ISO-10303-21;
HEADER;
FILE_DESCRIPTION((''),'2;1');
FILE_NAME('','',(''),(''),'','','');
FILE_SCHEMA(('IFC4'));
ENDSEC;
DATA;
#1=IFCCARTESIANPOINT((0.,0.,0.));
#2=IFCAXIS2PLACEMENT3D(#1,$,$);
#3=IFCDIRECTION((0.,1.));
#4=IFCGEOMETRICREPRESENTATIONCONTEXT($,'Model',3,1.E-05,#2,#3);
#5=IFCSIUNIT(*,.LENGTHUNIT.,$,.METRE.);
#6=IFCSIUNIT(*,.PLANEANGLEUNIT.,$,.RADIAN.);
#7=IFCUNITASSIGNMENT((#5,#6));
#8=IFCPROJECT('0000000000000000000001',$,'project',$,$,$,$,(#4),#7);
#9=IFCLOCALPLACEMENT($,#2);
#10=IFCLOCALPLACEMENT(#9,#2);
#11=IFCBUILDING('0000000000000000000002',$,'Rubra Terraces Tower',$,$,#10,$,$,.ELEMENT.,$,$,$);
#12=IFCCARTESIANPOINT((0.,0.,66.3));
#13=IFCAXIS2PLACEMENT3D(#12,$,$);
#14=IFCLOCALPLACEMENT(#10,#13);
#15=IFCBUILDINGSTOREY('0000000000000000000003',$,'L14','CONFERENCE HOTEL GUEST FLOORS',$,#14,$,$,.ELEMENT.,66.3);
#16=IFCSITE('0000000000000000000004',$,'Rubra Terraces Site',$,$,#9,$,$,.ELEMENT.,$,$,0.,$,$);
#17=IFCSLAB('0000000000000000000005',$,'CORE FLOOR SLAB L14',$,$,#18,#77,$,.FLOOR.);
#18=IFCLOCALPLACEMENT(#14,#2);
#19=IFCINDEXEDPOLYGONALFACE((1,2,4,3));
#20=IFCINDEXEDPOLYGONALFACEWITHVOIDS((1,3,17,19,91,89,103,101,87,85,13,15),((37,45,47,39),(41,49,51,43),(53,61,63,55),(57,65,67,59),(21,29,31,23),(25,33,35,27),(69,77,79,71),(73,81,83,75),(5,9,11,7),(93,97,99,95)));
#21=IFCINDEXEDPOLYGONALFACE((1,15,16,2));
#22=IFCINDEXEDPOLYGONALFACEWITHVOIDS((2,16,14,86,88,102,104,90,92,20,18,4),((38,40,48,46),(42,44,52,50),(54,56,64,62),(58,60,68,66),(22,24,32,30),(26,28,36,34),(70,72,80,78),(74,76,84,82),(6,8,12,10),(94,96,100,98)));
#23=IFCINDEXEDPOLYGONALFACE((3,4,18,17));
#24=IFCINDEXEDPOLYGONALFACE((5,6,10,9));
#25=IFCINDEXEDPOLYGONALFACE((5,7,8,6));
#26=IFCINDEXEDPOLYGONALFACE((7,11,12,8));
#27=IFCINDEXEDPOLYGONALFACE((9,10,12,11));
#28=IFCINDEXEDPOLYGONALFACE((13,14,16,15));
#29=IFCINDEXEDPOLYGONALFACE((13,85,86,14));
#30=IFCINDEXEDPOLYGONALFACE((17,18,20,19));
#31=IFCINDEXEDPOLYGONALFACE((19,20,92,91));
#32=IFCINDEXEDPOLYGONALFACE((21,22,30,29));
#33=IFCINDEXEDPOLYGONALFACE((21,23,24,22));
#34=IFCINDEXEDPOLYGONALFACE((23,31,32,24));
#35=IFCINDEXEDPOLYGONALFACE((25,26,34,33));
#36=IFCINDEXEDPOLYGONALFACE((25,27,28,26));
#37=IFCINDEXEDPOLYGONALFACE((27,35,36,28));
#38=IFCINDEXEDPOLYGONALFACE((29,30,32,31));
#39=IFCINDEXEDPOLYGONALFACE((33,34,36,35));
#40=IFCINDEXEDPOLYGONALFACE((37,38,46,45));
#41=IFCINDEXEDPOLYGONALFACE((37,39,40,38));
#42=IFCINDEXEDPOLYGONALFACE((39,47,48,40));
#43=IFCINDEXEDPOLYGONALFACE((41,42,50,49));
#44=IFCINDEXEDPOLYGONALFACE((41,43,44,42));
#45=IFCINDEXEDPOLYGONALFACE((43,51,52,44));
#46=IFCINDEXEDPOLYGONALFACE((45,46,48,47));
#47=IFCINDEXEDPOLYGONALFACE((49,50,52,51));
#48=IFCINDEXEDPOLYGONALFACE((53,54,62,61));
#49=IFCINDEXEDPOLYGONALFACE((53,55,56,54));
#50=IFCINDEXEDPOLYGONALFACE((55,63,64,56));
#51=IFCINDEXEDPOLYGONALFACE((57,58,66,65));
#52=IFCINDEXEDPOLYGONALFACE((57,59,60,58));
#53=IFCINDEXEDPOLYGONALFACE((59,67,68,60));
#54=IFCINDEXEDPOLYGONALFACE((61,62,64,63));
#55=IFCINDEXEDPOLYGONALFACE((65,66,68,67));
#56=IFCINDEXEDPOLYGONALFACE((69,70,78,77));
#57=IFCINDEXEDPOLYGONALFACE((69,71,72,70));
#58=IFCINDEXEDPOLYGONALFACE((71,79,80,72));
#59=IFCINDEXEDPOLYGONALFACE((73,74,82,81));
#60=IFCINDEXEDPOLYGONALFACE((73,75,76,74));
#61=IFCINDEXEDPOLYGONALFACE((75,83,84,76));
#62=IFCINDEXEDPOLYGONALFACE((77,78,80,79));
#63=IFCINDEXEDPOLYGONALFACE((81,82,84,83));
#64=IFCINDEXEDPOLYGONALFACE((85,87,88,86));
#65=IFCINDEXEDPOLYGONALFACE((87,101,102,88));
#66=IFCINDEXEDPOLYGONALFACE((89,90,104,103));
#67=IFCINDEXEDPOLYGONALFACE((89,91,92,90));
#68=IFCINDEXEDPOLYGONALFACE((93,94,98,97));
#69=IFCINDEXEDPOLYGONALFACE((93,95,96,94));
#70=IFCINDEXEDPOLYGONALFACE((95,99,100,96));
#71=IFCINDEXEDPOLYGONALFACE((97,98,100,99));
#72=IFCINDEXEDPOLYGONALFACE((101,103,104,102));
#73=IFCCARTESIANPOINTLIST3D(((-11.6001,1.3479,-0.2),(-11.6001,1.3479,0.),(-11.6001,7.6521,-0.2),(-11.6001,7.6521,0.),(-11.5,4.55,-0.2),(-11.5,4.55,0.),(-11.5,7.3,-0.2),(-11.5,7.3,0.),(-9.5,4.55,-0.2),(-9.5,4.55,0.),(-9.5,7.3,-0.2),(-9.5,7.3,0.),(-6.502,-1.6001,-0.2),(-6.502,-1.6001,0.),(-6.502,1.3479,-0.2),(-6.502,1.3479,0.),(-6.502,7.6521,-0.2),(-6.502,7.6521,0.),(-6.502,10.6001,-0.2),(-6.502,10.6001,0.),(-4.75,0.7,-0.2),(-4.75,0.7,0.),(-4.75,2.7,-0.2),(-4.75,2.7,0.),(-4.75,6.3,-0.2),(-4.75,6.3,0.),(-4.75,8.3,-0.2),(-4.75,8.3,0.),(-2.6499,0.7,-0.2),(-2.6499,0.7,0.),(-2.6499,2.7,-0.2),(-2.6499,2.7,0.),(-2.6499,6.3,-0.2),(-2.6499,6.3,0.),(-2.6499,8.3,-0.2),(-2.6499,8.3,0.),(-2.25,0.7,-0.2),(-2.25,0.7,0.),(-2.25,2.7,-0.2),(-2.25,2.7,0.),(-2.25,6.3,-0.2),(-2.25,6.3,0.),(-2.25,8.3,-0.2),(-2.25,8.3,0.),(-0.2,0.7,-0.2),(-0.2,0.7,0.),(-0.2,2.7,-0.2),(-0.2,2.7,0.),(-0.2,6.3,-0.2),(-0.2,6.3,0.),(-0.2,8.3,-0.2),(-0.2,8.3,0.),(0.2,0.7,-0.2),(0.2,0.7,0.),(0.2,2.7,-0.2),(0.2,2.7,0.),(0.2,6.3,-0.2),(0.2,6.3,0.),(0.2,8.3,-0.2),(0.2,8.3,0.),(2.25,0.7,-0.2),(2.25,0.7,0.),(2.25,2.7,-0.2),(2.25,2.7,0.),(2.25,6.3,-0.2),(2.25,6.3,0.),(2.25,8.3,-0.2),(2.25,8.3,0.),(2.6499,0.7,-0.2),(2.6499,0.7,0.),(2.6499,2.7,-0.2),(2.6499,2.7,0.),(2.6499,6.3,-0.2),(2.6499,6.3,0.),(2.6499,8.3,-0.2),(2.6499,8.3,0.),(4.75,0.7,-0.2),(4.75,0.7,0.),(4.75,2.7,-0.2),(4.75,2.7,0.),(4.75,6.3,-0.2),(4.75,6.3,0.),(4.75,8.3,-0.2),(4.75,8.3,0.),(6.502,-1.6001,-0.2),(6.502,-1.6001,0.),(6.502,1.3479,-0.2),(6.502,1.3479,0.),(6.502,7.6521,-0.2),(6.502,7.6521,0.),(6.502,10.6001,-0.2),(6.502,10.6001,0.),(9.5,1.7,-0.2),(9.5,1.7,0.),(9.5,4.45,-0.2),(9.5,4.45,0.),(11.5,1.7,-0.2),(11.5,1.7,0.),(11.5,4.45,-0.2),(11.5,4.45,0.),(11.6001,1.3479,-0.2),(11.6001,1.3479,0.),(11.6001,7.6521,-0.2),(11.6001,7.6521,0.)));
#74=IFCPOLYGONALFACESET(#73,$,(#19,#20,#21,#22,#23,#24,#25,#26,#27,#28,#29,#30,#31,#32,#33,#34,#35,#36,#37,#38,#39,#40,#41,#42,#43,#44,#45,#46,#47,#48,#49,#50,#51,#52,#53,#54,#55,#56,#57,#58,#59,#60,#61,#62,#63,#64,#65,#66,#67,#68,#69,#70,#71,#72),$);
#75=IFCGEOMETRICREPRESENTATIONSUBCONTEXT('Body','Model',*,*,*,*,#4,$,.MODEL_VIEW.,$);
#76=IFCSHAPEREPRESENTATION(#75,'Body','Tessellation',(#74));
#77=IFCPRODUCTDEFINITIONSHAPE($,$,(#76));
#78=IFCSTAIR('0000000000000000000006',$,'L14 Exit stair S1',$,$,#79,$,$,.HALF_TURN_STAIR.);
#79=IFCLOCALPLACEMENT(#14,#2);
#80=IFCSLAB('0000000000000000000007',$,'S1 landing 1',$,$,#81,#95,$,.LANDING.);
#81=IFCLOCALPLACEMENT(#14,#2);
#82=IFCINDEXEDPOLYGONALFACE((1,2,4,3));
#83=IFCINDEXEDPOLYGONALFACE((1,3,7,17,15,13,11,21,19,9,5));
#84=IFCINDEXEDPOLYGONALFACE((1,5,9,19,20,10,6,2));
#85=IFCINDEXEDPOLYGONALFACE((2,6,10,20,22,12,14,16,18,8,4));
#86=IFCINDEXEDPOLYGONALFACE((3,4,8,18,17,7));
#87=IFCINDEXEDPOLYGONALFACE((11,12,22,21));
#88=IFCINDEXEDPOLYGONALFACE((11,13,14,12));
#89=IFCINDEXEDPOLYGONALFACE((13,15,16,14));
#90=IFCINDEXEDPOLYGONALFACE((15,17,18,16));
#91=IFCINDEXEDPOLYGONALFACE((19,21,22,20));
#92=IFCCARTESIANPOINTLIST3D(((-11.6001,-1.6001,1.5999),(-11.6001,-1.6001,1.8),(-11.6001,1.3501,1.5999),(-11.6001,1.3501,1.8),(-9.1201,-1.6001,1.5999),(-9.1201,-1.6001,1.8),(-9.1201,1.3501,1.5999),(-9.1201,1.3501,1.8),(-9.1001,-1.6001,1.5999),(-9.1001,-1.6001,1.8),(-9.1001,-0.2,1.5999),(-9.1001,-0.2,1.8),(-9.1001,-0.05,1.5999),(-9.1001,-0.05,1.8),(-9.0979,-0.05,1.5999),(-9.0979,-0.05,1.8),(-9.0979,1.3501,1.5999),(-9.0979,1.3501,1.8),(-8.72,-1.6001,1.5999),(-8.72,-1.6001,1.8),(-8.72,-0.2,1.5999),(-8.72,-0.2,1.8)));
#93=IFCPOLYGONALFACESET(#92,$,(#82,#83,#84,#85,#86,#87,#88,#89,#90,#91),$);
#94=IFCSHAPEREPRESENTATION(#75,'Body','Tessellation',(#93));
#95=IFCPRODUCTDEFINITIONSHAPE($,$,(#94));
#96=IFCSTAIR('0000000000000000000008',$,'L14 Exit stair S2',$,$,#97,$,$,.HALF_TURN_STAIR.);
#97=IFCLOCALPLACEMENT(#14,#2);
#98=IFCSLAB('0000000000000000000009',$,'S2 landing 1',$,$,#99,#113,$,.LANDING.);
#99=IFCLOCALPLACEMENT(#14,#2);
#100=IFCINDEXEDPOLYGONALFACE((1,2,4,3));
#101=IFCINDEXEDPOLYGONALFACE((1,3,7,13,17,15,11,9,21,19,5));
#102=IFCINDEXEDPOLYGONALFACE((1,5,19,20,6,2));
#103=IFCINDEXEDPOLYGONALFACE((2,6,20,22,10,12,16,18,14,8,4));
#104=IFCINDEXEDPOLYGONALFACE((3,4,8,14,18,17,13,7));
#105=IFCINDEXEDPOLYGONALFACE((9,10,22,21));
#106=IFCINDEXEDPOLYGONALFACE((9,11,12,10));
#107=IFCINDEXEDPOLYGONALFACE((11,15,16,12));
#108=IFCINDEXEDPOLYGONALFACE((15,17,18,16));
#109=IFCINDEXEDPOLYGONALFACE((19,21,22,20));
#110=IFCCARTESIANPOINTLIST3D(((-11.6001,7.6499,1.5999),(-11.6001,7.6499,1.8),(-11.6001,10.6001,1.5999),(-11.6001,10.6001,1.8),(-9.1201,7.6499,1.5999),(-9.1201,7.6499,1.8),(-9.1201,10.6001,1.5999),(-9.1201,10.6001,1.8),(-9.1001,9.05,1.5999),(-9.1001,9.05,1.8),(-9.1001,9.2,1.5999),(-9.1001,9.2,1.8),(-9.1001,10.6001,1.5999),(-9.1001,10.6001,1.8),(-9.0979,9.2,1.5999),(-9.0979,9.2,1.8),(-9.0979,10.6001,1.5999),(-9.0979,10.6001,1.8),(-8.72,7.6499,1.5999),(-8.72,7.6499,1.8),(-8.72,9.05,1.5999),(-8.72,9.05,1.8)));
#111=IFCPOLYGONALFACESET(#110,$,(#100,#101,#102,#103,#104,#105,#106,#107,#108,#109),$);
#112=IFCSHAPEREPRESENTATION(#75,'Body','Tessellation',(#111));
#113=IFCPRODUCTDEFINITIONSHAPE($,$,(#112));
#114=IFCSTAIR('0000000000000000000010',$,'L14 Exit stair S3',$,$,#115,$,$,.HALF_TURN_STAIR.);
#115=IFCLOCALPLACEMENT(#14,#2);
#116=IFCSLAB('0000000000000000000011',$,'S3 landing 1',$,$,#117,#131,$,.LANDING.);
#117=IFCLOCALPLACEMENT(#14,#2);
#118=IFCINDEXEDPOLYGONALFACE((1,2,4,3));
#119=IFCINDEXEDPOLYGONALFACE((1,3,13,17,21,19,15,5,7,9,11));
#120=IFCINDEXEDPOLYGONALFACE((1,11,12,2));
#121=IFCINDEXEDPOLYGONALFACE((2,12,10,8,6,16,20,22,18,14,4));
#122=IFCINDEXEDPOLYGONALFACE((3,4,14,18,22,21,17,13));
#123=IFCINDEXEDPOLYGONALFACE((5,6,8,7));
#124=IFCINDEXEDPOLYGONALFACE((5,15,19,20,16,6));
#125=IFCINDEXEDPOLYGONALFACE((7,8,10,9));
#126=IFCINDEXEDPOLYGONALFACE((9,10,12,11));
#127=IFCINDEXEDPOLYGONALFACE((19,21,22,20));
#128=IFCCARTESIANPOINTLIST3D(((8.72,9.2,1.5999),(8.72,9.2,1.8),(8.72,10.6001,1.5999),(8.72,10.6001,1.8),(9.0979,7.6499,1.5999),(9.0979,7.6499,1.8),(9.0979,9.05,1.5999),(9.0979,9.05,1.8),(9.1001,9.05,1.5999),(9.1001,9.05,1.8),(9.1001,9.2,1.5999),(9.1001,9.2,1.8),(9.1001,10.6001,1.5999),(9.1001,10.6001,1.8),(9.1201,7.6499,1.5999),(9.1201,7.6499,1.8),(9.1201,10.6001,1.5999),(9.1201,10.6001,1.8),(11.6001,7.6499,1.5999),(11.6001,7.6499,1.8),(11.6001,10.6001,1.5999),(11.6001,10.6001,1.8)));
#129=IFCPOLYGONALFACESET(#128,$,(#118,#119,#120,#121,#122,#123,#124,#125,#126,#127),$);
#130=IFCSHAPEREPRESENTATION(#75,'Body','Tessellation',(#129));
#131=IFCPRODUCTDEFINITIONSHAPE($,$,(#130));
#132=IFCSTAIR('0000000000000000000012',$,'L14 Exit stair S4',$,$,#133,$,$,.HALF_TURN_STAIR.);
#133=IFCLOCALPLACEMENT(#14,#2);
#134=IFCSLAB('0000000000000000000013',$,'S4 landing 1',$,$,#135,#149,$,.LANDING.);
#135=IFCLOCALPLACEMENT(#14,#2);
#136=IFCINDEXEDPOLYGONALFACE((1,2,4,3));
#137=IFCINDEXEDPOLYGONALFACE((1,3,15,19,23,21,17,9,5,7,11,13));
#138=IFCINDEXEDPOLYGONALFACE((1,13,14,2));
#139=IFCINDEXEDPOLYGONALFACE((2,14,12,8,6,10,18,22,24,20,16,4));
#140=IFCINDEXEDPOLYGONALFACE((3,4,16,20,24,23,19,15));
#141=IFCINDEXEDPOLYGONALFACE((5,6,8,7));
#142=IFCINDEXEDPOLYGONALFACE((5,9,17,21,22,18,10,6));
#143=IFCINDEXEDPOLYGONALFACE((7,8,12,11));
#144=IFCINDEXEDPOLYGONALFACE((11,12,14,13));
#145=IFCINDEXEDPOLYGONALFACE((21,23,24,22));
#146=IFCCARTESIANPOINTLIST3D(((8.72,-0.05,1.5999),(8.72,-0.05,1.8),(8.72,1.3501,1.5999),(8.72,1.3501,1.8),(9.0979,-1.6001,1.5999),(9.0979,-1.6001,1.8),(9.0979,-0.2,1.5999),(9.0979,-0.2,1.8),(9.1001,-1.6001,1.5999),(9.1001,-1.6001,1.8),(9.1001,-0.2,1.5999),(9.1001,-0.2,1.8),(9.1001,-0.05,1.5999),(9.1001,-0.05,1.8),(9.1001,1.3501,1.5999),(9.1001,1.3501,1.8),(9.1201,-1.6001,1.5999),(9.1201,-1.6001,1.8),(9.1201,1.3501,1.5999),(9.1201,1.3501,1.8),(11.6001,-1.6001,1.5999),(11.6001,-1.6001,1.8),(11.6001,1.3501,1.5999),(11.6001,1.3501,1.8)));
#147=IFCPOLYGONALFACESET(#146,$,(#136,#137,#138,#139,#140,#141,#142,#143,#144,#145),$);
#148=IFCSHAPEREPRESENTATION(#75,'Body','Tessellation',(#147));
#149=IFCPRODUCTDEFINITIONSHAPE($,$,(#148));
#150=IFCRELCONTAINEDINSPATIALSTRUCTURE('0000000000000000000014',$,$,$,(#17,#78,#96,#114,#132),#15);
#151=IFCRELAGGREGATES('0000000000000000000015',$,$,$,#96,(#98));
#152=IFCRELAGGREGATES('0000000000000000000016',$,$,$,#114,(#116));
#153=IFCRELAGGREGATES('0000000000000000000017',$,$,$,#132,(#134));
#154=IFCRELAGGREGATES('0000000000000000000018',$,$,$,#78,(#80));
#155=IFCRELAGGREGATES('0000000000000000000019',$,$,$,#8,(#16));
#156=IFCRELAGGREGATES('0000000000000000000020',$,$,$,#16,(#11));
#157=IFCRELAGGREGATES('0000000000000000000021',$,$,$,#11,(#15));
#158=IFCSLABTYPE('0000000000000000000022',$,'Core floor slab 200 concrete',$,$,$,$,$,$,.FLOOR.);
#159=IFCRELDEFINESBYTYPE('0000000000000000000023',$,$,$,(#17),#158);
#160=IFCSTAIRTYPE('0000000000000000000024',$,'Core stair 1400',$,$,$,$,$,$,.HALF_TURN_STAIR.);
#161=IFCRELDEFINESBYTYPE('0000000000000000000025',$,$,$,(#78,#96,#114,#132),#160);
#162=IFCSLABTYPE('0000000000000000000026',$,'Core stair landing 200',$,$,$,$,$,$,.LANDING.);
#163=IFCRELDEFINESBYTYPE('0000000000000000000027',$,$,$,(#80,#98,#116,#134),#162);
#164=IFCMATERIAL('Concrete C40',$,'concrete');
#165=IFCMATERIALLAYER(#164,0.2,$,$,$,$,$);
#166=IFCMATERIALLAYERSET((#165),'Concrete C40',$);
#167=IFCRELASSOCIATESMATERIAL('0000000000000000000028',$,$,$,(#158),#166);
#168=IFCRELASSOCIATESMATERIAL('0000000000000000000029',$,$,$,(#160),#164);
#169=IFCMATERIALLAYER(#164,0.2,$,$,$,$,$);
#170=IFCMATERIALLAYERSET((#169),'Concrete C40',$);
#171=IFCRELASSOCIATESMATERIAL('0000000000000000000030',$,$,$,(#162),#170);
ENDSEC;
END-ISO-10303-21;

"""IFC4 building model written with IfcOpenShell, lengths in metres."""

from ifc_helpers import new_model, si_unit, direction, frame, origin, place, context, subcontext, project, spatial, polyline, outline, extrude, material, layer, layer_set, type_object, element, aggregate, save


model = new_model("IFC4")

# Units and contexts
model_context = context("Model", 3, precision=1e-05, world=origin(), true_north=direction((0.0, 1.0)))
body_context = subcontext(model_context, "Body", "Model", "MODEL_VIEW")
ifc_project = project(units=[si_unit("LENGTHUNIT", "METRE"), si_unit("PLANEANGLEUNIT", "RADIAN")], contexts=[model_context])

# Site, building, storey
site_placement = place(None, origin())
site = spatial("IfcSite", under=ifc_project, at=site_placement, Name="Rubra Terraces Site", CompositionType="ELEMENT", RefElevation=0.0)
building_placement = place(site_placement, origin())
building = spatial("IfcBuilding", under=site, at=building_placement, Name="Rubra Terraces Tower", CompositionType="ELEMENT")
storey_placement = place(building_placement, frame((0.0, 0.0, 66.3)))
storey = spatial("IfcBuildingStorey", under=building, at=storey_placement, Name="L14", Description="CONFERENCE HOTEL GUEST FLOORS", CompositionType="ELEMENT", Elevation=66.3)

# Slab
ifc_material_1 = material(Name="Concrete C40", Category="concrete")
ifc_layer_1 = layer(ifc_material_1, 0.2)
ifc_layer_set_1 = layer_set([ifc_layer_1], Name="Concrete C40")
slab_type_1 = type_object("IfcSlabType", Name="Core floor slab 200 concrete", PredefinedType="FLOOR", material=ifc_layer_set_1)
slab_1_placement = place(storey_placement, frame((0.0, 0.0, -0.2)))
element("IfcSlab", 1, at=slab_1_placement, inside=storey, type_object=slab_type_1, Name="CORE FLOOR SLAB L14", PredefinedType="FLOOR", context=body_context, shape_type="SweptSolid", body=[
    extrude(outline(polyline([(-11.6001, 1.3479), (-11.6001, 7.6521), (-6.502, 7.6521), (-6.502, 10.6001), (6.502, 10.6001), (6.502, 7.6521), (11.6001, 7.6521), (11.6001, 1.3479), (6.502, 1.3479), (6.502, -1.6001), (-6.502, -1.6001), (-6.502, 1.3479), (-11.6001, 1.3479)]), holes=[polyline([(9.5, 1.7), (11.5, 1.7), (11.5, 4.45), (9.5, 4.45), (9.5, 1.7)]), polyline([(4.75, 0.7), (4.75, 2.7), (2.6499, 2.7), (2.6499, 0.7), (4.75, 0.7)]), polyline([(4.75, 6.3), (4.75, 8.3), (2.6499, 8.3), (2.6499, 6.3), (4.75, 6.3)]), polyline([(2.25, 0.7), (2.25, 2.7), (0.2, 2.7), (0.2, 0.7), (2.25, 0.7)]), polyline([(2.25, 6.3), (2.25, 8.3), (0.2, 8.3), (0.2, 6.3), (2.25, 6.3)]), polyline([(-0.2, 0.7), (-0.2, 2.7), (-2.25, 2.7), (-2.25, 0.7), (-0.2, 0.7)]), polyline([(-0.2, 6.3), (-0.2, 8.3), (-2.25, 8.3), (-2.25, 6.3), (-0.2, 6.3)]), polyline([(-2.6499, 0.7), (-2.6499, 2.7), (-4.75, 2.7), (-4.75, 0.7), (-2.6499, 0.7)]), polyline([(-2.6499, 8.3), (-4.75, 8.3), (-4.75, 6.3), (-2.6499, 6.3), (-2.6499, 8.3)]), polyline([(-9.5, 7.3), (-11.5, 7.3), (-11.5, 4.55), (-9.5, 4.55), (-9.5, 7.3)])]), origin(), (0.0, 0.0, 1.0), 0.2),
])

# Stairs, slabs
stair_type = type_object("IfcStairType", Name="Core stair 1400", PredefinedType="HALF_TURN_STAIR", material=ifc_material_1)
stair_1_placement = place(storey_placement, origin())
stair_1 = element("IfcStair", 2, at=stair_1_placement, inside=storey, type_object=stair_type, Name="L14 Exit stair S1", PredefinedType="HALF_TURN_STAIR")
ifc_layer_2 = layer(ifc_material_1, 0.2)
ifc_layer_set_2 = layer_set([ifc_layer_2], Name="Concrete C40")
slab_type_2 = type_object("IfcSlabType", Name="Core stair landing 200", PredefinedType="LANDING", material=ifc_layer_set_2)
slab_2_placement = place(storey_placement, frame((0.0, 0.0, 1.5999)))
slab_2 = element("IfcSlab", 3, at=slab_2_placement, type_object=slab_type_2, Name="S1 landing 1", PredefinedType="LANDING", context=body_context, shape_type="SweptSolid", body=[
    extrude(outline(polyline([(-8.72, -0.2), (-8.72, -1.6001), (-9.1001, -1.6001), (-9.1201, -1.6001), (-11.6001, -1.6001), (-11.6001, 1.3501), (-9.1201, 1.3501), (-9.0979, 1.3501), (-9.0979, -0.05), (-9.1001, -0.05), (-9.1001, -0.2), (-8.72, -0.2)])), origin(), (0.0, 0.0, 1.0), 0.2002),
])
stair_2_placement = place(storey_placement, origin())
stair_2 = element("IfcStair", 4, at=stair_2_placement, inside=storey, type_object=stair_type, Name="L14 Exit stair S2", PredefinedType="HALF_TURN_STAIR")
slab_3_placement = place(storey_placement, frame((0.0, 0.0, 1.5999)))
slab_3 = element("IfcSlab", 5, at=slab_3_placement, type_object=slab_type_2, Name="S2 landing 1", PredefinedType="LANDING", context=body_context, shape_type="SweptSolid", body=[
    extrude(outline(polyline([(-8.72, 9.05), (-8.72, 7.6499), (-9.1201, 7.6499), (-11.6001, 7.6499), (-11.6001, 10.6001), (-9.1201, 10.6001), (-9.1001, 10.6001), (-9.0979, 10.6001), (-9.0979, 9.2), (-9.1001, 9.2), (-9.1001, 9.05), (-8.72, 9.05)])), origin(), (0.0, 0.0, 1.0), 0.2002),
])
aggregate(stair_2, [slab_3])
stair_3_placement = place(storey_placement, origin())
stair_3 = element("IfcStair", 6, at=stair_3_placement, inside=storey, type_object=stair_type, Name="L14 Exit stair S3", PredefinedType="HALF_TURN_STAIR")
slab_4_placement = place(storey_placement, frame((0.0, 0.0, 1.5999)))
slab_4 = element("IfcSlab", 7, at=slab_4_placement, type_object=slab_type_2, Name="S3 landing 1", PredefinedType="LANDING", context=body_context, shape_type="SweptSolid", body=[
    extrude(outline(polyline([(9.1001, 9.05), (9.1001, 9.2), (8.72, 9.2), (8.72, 10.6001), (9.1001, 10.6001), (9.1201, 10.6001), (11.6001, 10.6001), (11.6001, 7.6499), (9.1201, 7.6499), (9.0979, 7.6499), (9.0979, 9.05), (9.1001, 9.05)])), origin(), (0.0, 0.0, 1.0), 0.2002),
])
aggregate(stair_3, [slab_4])
stair_4_placement = place(storey_placement, origin())
stair_4 = element("IfcStair", 8, at=stair_4_placement, inside=storey, type_object=stair_type, Name="L14 Exit stair S4", PredefinedType="HALF_TURN_STAIR")
slab_5_placement = place(storey_placement, frame((0.0, 0.0, 1.5999)))
slab_5 = element("IfcSlab", 9, at=slab_5_placement, type_object=slab_type_2, Name="S4 landing 1", PredefinedType="LANDING", context=body_context, shape_type="SweptSolid", body=[
    extrude(outline(polyline([(9.1001, -0.2), (9.1001, -0.05), (8.72, -0.05), (8.72, 1.3501), (9.1001, 1.3501), (9.1201, 1.3501), (11.6001, 1.3501), (11.6001, -1.6001), (9.1201, -1.6001), (9.1001, -1.6001), (9.0979, -1.6001), (9.0979, -0.2), (9.1001, -0.2)])), origin(), (0.0, 0.0, 1.0), 0.2002),
])
aggregate(stair_4, [slab_5])

aggregate(stair_1, [slab_2])

save(model, "model.ifc")
